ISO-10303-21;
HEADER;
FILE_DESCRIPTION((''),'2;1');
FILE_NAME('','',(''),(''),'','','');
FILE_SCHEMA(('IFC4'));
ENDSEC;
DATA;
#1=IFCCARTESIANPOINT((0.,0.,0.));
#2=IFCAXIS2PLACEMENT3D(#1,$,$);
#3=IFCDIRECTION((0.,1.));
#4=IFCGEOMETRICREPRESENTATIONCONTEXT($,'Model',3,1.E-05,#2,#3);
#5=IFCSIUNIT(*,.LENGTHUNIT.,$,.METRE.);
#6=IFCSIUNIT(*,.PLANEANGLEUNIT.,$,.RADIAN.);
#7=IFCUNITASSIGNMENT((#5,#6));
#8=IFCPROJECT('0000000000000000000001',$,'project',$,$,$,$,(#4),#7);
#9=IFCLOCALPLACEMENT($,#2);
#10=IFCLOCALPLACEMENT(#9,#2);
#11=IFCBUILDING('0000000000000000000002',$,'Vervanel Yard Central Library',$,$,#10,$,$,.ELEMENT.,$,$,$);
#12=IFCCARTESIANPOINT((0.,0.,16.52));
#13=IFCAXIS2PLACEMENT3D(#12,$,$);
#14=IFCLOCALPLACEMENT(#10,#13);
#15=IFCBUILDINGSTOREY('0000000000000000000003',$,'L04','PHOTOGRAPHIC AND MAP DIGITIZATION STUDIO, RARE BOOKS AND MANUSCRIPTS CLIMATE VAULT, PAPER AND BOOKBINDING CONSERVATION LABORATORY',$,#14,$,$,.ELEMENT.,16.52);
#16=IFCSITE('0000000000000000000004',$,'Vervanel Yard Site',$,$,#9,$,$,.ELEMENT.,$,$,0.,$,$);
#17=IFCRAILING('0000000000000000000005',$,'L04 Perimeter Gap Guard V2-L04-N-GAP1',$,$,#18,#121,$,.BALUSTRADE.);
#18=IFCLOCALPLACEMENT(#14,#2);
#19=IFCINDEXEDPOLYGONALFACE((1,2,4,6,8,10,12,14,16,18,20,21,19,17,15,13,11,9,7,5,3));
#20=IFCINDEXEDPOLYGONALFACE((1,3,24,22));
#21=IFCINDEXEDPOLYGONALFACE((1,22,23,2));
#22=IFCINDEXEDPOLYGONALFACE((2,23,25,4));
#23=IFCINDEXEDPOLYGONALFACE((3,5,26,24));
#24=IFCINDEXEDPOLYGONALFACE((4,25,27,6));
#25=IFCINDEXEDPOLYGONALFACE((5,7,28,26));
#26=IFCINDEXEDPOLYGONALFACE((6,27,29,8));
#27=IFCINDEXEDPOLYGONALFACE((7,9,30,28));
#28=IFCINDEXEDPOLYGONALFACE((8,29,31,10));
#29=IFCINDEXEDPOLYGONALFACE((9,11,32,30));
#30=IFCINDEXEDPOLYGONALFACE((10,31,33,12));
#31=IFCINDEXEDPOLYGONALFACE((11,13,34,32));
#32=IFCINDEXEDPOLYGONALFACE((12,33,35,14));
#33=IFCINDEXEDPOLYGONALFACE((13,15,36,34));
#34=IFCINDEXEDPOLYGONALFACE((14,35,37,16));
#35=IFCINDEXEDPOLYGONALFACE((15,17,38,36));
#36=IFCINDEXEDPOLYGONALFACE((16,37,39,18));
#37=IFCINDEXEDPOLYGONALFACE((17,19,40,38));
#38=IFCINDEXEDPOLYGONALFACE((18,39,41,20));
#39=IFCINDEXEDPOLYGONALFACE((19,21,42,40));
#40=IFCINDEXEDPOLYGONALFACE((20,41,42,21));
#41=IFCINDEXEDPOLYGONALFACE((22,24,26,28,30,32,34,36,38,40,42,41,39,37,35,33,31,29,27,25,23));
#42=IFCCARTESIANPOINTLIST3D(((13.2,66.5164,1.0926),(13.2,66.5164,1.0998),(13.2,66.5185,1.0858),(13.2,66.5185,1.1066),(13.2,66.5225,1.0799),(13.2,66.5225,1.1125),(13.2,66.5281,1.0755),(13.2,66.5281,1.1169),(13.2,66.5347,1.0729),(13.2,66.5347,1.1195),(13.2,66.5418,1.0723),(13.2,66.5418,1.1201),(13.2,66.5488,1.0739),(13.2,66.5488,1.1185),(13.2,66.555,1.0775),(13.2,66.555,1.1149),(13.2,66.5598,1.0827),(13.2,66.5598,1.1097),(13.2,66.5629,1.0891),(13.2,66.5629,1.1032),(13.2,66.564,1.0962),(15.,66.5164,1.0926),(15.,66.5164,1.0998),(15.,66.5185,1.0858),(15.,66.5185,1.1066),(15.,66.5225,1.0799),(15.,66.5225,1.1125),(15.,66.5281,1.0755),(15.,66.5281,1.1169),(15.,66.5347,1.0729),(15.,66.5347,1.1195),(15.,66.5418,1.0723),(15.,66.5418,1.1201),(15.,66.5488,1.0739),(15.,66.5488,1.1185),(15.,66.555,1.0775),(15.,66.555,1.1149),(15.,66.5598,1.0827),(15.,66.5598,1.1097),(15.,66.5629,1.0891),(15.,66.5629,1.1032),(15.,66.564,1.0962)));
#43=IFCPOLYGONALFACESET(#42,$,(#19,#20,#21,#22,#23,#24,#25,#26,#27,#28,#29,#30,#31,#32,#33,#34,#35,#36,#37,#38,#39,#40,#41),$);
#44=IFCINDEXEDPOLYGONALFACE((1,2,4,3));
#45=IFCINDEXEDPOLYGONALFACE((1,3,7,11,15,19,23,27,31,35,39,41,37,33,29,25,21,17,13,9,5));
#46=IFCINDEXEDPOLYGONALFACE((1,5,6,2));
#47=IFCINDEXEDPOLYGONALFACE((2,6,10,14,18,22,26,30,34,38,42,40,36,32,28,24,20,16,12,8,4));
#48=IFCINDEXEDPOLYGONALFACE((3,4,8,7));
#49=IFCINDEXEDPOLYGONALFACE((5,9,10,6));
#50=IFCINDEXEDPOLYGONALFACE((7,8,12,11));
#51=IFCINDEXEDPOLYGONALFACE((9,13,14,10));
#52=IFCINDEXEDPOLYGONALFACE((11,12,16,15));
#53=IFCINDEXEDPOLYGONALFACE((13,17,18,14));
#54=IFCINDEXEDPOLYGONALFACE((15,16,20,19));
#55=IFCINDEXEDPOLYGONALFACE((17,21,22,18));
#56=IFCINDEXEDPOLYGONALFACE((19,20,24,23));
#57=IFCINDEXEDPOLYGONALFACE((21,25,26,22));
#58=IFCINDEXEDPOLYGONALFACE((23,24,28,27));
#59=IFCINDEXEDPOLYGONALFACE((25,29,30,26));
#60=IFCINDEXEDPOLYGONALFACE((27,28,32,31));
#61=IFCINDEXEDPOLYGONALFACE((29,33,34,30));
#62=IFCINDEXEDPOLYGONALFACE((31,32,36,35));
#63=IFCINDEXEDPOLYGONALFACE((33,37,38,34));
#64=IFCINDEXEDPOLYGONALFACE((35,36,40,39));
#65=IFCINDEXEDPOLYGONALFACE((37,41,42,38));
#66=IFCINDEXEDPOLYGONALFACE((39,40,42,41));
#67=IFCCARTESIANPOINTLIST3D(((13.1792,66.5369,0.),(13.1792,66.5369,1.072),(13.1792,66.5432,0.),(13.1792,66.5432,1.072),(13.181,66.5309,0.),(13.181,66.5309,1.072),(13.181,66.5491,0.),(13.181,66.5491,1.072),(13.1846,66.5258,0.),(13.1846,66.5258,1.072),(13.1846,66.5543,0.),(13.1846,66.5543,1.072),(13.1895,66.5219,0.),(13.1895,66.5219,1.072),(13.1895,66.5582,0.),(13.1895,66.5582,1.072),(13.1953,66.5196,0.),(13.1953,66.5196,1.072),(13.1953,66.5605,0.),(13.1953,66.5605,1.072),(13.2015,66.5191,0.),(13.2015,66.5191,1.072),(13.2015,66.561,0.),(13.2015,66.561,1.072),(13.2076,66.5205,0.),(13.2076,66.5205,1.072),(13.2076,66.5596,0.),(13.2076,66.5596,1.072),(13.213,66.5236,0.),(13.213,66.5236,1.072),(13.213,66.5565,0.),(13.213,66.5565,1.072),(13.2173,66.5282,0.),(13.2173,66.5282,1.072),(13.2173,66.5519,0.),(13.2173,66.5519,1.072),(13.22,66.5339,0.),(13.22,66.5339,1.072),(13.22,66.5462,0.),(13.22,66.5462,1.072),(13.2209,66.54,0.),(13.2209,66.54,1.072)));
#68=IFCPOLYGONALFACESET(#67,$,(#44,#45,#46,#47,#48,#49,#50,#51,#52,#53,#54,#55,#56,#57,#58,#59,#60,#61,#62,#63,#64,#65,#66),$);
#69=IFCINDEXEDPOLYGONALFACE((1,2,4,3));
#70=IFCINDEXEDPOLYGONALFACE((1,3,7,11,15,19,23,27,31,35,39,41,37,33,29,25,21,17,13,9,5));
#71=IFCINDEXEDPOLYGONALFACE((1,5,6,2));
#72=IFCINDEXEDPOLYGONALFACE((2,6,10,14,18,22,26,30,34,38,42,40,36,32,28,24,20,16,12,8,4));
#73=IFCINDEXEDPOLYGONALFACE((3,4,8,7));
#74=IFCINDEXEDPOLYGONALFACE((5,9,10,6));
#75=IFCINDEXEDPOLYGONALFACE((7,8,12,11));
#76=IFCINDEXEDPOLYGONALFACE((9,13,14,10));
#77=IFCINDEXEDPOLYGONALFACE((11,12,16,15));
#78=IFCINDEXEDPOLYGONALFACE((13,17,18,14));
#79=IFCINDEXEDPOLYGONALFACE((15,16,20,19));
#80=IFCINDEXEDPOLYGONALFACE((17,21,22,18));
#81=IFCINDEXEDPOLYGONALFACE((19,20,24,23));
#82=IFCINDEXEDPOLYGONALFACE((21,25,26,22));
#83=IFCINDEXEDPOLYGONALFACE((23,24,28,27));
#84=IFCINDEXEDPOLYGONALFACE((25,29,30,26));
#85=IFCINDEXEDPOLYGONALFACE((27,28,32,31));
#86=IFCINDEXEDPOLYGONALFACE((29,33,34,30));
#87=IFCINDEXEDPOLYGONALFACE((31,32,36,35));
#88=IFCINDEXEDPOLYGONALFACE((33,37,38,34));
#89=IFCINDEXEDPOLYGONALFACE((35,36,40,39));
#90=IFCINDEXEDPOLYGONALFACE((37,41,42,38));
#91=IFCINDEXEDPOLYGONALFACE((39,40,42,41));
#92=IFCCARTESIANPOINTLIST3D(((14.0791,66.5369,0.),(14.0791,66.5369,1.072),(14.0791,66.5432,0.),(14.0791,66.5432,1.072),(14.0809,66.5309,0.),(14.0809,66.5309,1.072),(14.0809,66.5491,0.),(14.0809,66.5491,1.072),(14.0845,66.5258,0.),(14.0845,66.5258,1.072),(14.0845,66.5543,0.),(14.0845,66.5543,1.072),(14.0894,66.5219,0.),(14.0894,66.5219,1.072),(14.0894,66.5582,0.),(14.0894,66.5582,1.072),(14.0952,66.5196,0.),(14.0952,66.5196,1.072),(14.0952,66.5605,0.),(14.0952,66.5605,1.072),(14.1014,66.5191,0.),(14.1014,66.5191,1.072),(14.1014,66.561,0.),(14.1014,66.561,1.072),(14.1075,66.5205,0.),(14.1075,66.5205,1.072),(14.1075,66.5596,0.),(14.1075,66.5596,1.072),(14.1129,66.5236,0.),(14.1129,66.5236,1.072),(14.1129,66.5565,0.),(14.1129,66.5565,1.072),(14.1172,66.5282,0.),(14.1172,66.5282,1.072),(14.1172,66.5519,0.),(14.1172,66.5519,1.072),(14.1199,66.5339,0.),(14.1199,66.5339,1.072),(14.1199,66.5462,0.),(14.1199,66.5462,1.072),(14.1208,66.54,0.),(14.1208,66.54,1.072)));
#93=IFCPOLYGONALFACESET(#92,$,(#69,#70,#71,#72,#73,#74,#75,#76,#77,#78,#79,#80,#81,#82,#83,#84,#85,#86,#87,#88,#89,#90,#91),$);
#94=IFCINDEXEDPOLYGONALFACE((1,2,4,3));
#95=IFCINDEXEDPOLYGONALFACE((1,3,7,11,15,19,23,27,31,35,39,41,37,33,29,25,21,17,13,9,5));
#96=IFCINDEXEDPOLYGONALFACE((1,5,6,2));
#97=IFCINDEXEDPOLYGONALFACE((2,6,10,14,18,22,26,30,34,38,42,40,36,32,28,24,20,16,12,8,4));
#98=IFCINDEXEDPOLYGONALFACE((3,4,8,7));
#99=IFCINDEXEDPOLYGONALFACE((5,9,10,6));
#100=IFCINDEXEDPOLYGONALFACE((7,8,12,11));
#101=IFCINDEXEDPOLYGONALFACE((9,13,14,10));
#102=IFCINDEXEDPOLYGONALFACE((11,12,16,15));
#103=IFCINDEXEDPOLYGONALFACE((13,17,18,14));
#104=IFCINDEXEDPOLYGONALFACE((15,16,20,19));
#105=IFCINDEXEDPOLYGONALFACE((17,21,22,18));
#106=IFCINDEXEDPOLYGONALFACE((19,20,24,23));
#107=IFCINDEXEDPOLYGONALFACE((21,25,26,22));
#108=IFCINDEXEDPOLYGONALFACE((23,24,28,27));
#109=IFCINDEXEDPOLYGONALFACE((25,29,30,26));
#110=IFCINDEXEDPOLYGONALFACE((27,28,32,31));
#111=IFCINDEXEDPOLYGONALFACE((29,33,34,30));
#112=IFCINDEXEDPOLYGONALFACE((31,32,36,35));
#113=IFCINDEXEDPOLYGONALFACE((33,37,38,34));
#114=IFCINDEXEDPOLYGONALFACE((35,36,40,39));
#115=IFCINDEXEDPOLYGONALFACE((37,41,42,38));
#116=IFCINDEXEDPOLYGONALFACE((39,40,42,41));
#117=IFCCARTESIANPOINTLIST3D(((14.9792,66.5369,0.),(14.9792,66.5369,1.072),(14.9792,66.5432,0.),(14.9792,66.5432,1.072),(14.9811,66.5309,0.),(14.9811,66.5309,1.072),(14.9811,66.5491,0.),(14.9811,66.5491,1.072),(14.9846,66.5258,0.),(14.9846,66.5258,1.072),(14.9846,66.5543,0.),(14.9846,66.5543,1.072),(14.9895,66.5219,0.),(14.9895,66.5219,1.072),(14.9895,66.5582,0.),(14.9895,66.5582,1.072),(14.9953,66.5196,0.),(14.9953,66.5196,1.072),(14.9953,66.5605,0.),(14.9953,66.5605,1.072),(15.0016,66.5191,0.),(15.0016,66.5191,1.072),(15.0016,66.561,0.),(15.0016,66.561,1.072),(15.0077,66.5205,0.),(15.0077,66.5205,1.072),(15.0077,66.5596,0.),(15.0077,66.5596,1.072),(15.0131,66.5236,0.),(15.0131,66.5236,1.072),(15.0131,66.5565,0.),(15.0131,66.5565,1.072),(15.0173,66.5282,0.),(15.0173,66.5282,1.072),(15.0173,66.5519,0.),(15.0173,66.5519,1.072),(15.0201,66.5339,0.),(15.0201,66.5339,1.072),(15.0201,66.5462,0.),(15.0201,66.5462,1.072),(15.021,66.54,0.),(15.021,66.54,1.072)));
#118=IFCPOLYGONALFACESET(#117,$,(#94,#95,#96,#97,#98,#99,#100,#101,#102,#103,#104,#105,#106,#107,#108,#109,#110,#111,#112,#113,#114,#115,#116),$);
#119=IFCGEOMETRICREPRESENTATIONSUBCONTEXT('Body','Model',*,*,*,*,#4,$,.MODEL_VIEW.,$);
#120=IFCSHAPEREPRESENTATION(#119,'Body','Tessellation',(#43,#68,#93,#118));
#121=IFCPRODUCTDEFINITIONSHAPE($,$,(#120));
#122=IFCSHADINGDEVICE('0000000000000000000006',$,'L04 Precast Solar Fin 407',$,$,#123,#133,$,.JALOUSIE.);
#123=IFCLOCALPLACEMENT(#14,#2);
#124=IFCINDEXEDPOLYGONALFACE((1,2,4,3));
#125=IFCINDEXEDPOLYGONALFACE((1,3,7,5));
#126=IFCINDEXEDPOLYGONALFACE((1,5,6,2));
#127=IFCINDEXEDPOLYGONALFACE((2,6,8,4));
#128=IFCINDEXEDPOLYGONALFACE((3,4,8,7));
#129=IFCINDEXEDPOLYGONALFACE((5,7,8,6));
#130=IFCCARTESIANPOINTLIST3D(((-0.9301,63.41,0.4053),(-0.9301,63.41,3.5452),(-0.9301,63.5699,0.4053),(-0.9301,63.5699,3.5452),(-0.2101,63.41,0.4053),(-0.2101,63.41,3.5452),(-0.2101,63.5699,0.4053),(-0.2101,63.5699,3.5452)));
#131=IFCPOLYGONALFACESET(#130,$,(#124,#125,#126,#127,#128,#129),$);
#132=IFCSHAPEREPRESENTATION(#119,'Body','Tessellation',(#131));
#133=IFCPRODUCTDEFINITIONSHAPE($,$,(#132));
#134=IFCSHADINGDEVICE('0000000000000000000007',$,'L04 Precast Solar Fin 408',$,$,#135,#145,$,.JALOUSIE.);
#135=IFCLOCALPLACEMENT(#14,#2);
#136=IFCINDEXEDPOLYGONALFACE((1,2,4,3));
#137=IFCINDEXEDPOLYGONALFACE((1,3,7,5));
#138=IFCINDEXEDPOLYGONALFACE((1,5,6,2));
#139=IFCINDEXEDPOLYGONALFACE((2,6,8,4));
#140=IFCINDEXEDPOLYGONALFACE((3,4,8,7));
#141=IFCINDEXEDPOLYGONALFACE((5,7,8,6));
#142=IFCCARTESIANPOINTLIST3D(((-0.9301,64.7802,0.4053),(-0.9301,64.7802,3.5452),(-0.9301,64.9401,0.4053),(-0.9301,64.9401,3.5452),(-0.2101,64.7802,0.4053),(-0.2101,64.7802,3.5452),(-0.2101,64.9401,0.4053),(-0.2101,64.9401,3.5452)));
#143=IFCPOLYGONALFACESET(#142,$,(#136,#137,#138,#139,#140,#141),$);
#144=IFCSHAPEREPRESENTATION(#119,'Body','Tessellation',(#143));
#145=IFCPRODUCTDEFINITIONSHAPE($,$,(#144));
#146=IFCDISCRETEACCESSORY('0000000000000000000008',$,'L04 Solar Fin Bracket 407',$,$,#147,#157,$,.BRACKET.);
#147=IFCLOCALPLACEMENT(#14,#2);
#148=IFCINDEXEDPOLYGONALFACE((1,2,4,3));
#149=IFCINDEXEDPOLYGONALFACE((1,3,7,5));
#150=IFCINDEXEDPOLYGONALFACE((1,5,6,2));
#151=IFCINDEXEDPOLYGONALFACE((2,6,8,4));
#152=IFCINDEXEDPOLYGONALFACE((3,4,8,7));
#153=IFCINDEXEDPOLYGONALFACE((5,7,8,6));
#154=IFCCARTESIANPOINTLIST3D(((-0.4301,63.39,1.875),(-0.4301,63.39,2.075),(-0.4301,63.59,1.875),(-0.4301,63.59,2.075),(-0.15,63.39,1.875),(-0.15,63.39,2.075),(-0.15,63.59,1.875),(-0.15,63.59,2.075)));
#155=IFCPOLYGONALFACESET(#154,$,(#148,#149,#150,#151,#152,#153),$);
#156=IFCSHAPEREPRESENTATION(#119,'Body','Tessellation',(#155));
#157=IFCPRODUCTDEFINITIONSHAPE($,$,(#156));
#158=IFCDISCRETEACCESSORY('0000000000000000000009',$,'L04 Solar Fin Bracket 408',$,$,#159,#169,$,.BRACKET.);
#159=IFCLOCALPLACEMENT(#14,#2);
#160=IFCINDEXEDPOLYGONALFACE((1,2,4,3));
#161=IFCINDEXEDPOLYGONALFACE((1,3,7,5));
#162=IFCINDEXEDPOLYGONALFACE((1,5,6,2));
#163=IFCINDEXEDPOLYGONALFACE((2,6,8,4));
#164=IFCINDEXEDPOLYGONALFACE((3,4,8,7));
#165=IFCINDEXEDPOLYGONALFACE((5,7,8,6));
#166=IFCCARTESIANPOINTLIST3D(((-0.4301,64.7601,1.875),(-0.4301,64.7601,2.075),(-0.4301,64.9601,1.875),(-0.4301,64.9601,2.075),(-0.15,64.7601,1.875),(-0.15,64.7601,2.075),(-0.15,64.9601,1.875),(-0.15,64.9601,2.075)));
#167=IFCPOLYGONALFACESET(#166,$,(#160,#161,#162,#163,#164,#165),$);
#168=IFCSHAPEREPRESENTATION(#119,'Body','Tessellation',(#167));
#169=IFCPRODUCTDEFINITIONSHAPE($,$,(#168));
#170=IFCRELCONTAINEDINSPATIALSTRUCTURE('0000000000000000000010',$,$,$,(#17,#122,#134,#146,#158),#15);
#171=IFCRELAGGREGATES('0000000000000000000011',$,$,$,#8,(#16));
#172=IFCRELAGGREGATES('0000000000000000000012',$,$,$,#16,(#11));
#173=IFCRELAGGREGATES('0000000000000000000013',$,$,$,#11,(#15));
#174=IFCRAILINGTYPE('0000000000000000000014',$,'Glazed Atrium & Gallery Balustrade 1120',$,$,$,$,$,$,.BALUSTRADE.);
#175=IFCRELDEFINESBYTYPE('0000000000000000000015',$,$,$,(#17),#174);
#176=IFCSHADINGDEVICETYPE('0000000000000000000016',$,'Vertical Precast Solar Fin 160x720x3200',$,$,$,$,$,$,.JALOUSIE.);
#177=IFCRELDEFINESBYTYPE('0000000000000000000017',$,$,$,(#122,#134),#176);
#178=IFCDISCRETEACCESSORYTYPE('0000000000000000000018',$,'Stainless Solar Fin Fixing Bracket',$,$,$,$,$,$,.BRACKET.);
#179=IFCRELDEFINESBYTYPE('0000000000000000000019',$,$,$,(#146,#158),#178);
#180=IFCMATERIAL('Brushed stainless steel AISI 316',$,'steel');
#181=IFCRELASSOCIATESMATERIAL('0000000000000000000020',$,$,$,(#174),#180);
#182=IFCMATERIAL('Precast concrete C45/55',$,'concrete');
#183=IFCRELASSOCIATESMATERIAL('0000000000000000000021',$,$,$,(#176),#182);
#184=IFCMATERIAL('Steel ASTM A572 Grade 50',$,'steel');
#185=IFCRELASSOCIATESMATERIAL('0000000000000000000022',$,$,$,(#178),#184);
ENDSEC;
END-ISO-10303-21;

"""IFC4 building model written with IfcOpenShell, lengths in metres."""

from ifc_helpers import new_model, si_unit, direction, frame, origin, origin_2d, place, context, subcontext, project, spatial, rectangle, circle, extrude, material, type_object, element, save


model = new_model("IFC4")

# Units and contexts
model_context = context("Model", 3, precision=1e-05, world=origin(), true_north=direction((0.0, 1.0)))
body_context = subcontext(model_context, "Body", "Model", "MODEL_VIEW")
ifc_project = project(units=[si_unit("LENGTHUNIT", "METRE"), si_unit("PLANEANGLEUNIT", "RADIAN")], contexts=[model_context])

# Site, building, storey
site_placement = place(None, origin())
site = spatial("IfcSite", under=ifc_project, at=site_placement, Name="Vervanel Yard Site", CompositionType="ELEMENT", RefElevation=0.0)
building_placement = place(site_placement, origin())
building = spatial("IfcBuilding", under=site, at=building_placement, Name="Vervanel Yard Central Library", CompositionType="ELEMENT")
storey_placement = place(building_placement, frame((0.0, 0.0, 16.52)))
storey = spatial("IfcBuildingStorey", under=building, at=storey_placement, Name="L04", Description="PHOTOGRAPHIC AND MAP DIGITIZATION STUDIO, RARE BOOKS AND MANUSCRIPTS CLIMATE VAULT, PAPER AND BOOKBINDING CONSERVATION LABORATORY", CompositionType="ELEMENT", Elevation=16.52)

# Shared definitions
ifc_material_1 = material(Name="Brushed stainless steel AISI 316", Category="steel")

# Shared definitions
ifc_material_2 = material(Name="Precast concrete C45/55", Category="concrete")

# Railing
railing_type = type_object("IfcRailingType", Name="Glazed Atrium & Gallery Balustrade 1120", PredefinedType="BALUSTRADE", material=ifc_material_1)
railing_placement = place(storey_placement, frame((13.2, 66.54, 0.0)))
element("IfcRailing", 1, at=railing_placement, inside=storey, type_object=railing_type, Name="L04 Perimeter Gap Guard V2-L04-N-GAP1", PredefinedType="BALUSTRADE", context=body_context, shape_type="SweptSolid", body=[
    extrude(circle(Radius=0.0239, at=origin_2d()), frame((0.0, 0.0, 1.0962), z_axis=(1.0, 0.0, 0.0), x_axis=(0.0, 1.0, 0.0)), (0.0, 0.0, 1.0), 1.8),
    extrude(circle(Radius=0.021, at=origin_2d()), origin(), (0.0, 0.0, 1.0), 1.072),
    extrude(circle(Radius=0.021, at=origin_2d()), frame((0.8999, 0.0, 0.0)), (0.0, 0.0, 1.0), 1.072),
    extrude(circle(Radius=0.021, at=origin_2d()), frame((1.8, 0.0, 0.0)), (0.0, 0.0, 1.0), 1.072),
])

# Shading devices
shading_device_type = type_object("IfcShadingDeviceType", Name="Vertical Precast Solar Fin 160x720x3200", PredefinedType="JALOUSIE", material=ifc_material_2)
for number, where, z_axis, x_axis, name in (
    (2, (-0.5701, 63.49, 0.4053), (0.0, 0.0, 1.0), (0.0, 1.0, 0.0), "L04 Precast Solar Fin 407"),
    (3, (-0.5701, 64.8601, 0.4053), (0.0, 0.0, 1.0), (0.0, 1.0, 0.0), "L04 Precast Solar Fin 408"),
):
    element("IfcShadingDevice", number, at=place(storey_placement, frame(where, z_axis=z_axis, x_axis=x_axis)), inside=storey, type_object=shading_device_type, Name=name, PredefinedType="JALOUSIE", context=body_context, shape_type="SweptSolid", body=[
        extrude(rectangle(XDim=0.1599, YDim=0.72, at=origin_2d()), origin(), (0.0, 0.0, 1.0), 3.1399),
    ])

# Discrete accessories
ifc_material_3 = material(Name="Steel ASTM A572 Grade 50", Category="steel")
discrete_accessory_type = type_object("IfcDiscreteAccessoryType", Name="Stainless Solar Fin Fixing Bracket", PredefinedType="BRACKET", material=ifc_material_3)
for number, where, z_axis, x_axis, name in (
    (4, (-0.29, 63.49, 1.875), (0.0, 0.0, 1.0), (0.0, 1.0, 0.0), "L04 Solar Fin Bracket 407"),
    (5, (-0.29, 64.8601, 1.875), (0.0, 0.0, 1.0), (0.0, 1.0, 0.0), "L04 Solar Fin Bracket 408"),
):
    element("IfcDiscreteAccessory", number, at=place(storey_placement, frame(where, z_axis=z_axis, x_axis=x_axis)), inside=storey, type_object=discrete_accessory_type, Name=name, PredefinedType="BRACKET", context=body_context, shape_type="SweptSolid", body=[
        extrude(rectangle(XDim=0.2, YDim=0.28, at=origin_2d()), origin(), (0.0, 0.0, 1.0), 0.2),
    ])

save(model, "model.ifc")
